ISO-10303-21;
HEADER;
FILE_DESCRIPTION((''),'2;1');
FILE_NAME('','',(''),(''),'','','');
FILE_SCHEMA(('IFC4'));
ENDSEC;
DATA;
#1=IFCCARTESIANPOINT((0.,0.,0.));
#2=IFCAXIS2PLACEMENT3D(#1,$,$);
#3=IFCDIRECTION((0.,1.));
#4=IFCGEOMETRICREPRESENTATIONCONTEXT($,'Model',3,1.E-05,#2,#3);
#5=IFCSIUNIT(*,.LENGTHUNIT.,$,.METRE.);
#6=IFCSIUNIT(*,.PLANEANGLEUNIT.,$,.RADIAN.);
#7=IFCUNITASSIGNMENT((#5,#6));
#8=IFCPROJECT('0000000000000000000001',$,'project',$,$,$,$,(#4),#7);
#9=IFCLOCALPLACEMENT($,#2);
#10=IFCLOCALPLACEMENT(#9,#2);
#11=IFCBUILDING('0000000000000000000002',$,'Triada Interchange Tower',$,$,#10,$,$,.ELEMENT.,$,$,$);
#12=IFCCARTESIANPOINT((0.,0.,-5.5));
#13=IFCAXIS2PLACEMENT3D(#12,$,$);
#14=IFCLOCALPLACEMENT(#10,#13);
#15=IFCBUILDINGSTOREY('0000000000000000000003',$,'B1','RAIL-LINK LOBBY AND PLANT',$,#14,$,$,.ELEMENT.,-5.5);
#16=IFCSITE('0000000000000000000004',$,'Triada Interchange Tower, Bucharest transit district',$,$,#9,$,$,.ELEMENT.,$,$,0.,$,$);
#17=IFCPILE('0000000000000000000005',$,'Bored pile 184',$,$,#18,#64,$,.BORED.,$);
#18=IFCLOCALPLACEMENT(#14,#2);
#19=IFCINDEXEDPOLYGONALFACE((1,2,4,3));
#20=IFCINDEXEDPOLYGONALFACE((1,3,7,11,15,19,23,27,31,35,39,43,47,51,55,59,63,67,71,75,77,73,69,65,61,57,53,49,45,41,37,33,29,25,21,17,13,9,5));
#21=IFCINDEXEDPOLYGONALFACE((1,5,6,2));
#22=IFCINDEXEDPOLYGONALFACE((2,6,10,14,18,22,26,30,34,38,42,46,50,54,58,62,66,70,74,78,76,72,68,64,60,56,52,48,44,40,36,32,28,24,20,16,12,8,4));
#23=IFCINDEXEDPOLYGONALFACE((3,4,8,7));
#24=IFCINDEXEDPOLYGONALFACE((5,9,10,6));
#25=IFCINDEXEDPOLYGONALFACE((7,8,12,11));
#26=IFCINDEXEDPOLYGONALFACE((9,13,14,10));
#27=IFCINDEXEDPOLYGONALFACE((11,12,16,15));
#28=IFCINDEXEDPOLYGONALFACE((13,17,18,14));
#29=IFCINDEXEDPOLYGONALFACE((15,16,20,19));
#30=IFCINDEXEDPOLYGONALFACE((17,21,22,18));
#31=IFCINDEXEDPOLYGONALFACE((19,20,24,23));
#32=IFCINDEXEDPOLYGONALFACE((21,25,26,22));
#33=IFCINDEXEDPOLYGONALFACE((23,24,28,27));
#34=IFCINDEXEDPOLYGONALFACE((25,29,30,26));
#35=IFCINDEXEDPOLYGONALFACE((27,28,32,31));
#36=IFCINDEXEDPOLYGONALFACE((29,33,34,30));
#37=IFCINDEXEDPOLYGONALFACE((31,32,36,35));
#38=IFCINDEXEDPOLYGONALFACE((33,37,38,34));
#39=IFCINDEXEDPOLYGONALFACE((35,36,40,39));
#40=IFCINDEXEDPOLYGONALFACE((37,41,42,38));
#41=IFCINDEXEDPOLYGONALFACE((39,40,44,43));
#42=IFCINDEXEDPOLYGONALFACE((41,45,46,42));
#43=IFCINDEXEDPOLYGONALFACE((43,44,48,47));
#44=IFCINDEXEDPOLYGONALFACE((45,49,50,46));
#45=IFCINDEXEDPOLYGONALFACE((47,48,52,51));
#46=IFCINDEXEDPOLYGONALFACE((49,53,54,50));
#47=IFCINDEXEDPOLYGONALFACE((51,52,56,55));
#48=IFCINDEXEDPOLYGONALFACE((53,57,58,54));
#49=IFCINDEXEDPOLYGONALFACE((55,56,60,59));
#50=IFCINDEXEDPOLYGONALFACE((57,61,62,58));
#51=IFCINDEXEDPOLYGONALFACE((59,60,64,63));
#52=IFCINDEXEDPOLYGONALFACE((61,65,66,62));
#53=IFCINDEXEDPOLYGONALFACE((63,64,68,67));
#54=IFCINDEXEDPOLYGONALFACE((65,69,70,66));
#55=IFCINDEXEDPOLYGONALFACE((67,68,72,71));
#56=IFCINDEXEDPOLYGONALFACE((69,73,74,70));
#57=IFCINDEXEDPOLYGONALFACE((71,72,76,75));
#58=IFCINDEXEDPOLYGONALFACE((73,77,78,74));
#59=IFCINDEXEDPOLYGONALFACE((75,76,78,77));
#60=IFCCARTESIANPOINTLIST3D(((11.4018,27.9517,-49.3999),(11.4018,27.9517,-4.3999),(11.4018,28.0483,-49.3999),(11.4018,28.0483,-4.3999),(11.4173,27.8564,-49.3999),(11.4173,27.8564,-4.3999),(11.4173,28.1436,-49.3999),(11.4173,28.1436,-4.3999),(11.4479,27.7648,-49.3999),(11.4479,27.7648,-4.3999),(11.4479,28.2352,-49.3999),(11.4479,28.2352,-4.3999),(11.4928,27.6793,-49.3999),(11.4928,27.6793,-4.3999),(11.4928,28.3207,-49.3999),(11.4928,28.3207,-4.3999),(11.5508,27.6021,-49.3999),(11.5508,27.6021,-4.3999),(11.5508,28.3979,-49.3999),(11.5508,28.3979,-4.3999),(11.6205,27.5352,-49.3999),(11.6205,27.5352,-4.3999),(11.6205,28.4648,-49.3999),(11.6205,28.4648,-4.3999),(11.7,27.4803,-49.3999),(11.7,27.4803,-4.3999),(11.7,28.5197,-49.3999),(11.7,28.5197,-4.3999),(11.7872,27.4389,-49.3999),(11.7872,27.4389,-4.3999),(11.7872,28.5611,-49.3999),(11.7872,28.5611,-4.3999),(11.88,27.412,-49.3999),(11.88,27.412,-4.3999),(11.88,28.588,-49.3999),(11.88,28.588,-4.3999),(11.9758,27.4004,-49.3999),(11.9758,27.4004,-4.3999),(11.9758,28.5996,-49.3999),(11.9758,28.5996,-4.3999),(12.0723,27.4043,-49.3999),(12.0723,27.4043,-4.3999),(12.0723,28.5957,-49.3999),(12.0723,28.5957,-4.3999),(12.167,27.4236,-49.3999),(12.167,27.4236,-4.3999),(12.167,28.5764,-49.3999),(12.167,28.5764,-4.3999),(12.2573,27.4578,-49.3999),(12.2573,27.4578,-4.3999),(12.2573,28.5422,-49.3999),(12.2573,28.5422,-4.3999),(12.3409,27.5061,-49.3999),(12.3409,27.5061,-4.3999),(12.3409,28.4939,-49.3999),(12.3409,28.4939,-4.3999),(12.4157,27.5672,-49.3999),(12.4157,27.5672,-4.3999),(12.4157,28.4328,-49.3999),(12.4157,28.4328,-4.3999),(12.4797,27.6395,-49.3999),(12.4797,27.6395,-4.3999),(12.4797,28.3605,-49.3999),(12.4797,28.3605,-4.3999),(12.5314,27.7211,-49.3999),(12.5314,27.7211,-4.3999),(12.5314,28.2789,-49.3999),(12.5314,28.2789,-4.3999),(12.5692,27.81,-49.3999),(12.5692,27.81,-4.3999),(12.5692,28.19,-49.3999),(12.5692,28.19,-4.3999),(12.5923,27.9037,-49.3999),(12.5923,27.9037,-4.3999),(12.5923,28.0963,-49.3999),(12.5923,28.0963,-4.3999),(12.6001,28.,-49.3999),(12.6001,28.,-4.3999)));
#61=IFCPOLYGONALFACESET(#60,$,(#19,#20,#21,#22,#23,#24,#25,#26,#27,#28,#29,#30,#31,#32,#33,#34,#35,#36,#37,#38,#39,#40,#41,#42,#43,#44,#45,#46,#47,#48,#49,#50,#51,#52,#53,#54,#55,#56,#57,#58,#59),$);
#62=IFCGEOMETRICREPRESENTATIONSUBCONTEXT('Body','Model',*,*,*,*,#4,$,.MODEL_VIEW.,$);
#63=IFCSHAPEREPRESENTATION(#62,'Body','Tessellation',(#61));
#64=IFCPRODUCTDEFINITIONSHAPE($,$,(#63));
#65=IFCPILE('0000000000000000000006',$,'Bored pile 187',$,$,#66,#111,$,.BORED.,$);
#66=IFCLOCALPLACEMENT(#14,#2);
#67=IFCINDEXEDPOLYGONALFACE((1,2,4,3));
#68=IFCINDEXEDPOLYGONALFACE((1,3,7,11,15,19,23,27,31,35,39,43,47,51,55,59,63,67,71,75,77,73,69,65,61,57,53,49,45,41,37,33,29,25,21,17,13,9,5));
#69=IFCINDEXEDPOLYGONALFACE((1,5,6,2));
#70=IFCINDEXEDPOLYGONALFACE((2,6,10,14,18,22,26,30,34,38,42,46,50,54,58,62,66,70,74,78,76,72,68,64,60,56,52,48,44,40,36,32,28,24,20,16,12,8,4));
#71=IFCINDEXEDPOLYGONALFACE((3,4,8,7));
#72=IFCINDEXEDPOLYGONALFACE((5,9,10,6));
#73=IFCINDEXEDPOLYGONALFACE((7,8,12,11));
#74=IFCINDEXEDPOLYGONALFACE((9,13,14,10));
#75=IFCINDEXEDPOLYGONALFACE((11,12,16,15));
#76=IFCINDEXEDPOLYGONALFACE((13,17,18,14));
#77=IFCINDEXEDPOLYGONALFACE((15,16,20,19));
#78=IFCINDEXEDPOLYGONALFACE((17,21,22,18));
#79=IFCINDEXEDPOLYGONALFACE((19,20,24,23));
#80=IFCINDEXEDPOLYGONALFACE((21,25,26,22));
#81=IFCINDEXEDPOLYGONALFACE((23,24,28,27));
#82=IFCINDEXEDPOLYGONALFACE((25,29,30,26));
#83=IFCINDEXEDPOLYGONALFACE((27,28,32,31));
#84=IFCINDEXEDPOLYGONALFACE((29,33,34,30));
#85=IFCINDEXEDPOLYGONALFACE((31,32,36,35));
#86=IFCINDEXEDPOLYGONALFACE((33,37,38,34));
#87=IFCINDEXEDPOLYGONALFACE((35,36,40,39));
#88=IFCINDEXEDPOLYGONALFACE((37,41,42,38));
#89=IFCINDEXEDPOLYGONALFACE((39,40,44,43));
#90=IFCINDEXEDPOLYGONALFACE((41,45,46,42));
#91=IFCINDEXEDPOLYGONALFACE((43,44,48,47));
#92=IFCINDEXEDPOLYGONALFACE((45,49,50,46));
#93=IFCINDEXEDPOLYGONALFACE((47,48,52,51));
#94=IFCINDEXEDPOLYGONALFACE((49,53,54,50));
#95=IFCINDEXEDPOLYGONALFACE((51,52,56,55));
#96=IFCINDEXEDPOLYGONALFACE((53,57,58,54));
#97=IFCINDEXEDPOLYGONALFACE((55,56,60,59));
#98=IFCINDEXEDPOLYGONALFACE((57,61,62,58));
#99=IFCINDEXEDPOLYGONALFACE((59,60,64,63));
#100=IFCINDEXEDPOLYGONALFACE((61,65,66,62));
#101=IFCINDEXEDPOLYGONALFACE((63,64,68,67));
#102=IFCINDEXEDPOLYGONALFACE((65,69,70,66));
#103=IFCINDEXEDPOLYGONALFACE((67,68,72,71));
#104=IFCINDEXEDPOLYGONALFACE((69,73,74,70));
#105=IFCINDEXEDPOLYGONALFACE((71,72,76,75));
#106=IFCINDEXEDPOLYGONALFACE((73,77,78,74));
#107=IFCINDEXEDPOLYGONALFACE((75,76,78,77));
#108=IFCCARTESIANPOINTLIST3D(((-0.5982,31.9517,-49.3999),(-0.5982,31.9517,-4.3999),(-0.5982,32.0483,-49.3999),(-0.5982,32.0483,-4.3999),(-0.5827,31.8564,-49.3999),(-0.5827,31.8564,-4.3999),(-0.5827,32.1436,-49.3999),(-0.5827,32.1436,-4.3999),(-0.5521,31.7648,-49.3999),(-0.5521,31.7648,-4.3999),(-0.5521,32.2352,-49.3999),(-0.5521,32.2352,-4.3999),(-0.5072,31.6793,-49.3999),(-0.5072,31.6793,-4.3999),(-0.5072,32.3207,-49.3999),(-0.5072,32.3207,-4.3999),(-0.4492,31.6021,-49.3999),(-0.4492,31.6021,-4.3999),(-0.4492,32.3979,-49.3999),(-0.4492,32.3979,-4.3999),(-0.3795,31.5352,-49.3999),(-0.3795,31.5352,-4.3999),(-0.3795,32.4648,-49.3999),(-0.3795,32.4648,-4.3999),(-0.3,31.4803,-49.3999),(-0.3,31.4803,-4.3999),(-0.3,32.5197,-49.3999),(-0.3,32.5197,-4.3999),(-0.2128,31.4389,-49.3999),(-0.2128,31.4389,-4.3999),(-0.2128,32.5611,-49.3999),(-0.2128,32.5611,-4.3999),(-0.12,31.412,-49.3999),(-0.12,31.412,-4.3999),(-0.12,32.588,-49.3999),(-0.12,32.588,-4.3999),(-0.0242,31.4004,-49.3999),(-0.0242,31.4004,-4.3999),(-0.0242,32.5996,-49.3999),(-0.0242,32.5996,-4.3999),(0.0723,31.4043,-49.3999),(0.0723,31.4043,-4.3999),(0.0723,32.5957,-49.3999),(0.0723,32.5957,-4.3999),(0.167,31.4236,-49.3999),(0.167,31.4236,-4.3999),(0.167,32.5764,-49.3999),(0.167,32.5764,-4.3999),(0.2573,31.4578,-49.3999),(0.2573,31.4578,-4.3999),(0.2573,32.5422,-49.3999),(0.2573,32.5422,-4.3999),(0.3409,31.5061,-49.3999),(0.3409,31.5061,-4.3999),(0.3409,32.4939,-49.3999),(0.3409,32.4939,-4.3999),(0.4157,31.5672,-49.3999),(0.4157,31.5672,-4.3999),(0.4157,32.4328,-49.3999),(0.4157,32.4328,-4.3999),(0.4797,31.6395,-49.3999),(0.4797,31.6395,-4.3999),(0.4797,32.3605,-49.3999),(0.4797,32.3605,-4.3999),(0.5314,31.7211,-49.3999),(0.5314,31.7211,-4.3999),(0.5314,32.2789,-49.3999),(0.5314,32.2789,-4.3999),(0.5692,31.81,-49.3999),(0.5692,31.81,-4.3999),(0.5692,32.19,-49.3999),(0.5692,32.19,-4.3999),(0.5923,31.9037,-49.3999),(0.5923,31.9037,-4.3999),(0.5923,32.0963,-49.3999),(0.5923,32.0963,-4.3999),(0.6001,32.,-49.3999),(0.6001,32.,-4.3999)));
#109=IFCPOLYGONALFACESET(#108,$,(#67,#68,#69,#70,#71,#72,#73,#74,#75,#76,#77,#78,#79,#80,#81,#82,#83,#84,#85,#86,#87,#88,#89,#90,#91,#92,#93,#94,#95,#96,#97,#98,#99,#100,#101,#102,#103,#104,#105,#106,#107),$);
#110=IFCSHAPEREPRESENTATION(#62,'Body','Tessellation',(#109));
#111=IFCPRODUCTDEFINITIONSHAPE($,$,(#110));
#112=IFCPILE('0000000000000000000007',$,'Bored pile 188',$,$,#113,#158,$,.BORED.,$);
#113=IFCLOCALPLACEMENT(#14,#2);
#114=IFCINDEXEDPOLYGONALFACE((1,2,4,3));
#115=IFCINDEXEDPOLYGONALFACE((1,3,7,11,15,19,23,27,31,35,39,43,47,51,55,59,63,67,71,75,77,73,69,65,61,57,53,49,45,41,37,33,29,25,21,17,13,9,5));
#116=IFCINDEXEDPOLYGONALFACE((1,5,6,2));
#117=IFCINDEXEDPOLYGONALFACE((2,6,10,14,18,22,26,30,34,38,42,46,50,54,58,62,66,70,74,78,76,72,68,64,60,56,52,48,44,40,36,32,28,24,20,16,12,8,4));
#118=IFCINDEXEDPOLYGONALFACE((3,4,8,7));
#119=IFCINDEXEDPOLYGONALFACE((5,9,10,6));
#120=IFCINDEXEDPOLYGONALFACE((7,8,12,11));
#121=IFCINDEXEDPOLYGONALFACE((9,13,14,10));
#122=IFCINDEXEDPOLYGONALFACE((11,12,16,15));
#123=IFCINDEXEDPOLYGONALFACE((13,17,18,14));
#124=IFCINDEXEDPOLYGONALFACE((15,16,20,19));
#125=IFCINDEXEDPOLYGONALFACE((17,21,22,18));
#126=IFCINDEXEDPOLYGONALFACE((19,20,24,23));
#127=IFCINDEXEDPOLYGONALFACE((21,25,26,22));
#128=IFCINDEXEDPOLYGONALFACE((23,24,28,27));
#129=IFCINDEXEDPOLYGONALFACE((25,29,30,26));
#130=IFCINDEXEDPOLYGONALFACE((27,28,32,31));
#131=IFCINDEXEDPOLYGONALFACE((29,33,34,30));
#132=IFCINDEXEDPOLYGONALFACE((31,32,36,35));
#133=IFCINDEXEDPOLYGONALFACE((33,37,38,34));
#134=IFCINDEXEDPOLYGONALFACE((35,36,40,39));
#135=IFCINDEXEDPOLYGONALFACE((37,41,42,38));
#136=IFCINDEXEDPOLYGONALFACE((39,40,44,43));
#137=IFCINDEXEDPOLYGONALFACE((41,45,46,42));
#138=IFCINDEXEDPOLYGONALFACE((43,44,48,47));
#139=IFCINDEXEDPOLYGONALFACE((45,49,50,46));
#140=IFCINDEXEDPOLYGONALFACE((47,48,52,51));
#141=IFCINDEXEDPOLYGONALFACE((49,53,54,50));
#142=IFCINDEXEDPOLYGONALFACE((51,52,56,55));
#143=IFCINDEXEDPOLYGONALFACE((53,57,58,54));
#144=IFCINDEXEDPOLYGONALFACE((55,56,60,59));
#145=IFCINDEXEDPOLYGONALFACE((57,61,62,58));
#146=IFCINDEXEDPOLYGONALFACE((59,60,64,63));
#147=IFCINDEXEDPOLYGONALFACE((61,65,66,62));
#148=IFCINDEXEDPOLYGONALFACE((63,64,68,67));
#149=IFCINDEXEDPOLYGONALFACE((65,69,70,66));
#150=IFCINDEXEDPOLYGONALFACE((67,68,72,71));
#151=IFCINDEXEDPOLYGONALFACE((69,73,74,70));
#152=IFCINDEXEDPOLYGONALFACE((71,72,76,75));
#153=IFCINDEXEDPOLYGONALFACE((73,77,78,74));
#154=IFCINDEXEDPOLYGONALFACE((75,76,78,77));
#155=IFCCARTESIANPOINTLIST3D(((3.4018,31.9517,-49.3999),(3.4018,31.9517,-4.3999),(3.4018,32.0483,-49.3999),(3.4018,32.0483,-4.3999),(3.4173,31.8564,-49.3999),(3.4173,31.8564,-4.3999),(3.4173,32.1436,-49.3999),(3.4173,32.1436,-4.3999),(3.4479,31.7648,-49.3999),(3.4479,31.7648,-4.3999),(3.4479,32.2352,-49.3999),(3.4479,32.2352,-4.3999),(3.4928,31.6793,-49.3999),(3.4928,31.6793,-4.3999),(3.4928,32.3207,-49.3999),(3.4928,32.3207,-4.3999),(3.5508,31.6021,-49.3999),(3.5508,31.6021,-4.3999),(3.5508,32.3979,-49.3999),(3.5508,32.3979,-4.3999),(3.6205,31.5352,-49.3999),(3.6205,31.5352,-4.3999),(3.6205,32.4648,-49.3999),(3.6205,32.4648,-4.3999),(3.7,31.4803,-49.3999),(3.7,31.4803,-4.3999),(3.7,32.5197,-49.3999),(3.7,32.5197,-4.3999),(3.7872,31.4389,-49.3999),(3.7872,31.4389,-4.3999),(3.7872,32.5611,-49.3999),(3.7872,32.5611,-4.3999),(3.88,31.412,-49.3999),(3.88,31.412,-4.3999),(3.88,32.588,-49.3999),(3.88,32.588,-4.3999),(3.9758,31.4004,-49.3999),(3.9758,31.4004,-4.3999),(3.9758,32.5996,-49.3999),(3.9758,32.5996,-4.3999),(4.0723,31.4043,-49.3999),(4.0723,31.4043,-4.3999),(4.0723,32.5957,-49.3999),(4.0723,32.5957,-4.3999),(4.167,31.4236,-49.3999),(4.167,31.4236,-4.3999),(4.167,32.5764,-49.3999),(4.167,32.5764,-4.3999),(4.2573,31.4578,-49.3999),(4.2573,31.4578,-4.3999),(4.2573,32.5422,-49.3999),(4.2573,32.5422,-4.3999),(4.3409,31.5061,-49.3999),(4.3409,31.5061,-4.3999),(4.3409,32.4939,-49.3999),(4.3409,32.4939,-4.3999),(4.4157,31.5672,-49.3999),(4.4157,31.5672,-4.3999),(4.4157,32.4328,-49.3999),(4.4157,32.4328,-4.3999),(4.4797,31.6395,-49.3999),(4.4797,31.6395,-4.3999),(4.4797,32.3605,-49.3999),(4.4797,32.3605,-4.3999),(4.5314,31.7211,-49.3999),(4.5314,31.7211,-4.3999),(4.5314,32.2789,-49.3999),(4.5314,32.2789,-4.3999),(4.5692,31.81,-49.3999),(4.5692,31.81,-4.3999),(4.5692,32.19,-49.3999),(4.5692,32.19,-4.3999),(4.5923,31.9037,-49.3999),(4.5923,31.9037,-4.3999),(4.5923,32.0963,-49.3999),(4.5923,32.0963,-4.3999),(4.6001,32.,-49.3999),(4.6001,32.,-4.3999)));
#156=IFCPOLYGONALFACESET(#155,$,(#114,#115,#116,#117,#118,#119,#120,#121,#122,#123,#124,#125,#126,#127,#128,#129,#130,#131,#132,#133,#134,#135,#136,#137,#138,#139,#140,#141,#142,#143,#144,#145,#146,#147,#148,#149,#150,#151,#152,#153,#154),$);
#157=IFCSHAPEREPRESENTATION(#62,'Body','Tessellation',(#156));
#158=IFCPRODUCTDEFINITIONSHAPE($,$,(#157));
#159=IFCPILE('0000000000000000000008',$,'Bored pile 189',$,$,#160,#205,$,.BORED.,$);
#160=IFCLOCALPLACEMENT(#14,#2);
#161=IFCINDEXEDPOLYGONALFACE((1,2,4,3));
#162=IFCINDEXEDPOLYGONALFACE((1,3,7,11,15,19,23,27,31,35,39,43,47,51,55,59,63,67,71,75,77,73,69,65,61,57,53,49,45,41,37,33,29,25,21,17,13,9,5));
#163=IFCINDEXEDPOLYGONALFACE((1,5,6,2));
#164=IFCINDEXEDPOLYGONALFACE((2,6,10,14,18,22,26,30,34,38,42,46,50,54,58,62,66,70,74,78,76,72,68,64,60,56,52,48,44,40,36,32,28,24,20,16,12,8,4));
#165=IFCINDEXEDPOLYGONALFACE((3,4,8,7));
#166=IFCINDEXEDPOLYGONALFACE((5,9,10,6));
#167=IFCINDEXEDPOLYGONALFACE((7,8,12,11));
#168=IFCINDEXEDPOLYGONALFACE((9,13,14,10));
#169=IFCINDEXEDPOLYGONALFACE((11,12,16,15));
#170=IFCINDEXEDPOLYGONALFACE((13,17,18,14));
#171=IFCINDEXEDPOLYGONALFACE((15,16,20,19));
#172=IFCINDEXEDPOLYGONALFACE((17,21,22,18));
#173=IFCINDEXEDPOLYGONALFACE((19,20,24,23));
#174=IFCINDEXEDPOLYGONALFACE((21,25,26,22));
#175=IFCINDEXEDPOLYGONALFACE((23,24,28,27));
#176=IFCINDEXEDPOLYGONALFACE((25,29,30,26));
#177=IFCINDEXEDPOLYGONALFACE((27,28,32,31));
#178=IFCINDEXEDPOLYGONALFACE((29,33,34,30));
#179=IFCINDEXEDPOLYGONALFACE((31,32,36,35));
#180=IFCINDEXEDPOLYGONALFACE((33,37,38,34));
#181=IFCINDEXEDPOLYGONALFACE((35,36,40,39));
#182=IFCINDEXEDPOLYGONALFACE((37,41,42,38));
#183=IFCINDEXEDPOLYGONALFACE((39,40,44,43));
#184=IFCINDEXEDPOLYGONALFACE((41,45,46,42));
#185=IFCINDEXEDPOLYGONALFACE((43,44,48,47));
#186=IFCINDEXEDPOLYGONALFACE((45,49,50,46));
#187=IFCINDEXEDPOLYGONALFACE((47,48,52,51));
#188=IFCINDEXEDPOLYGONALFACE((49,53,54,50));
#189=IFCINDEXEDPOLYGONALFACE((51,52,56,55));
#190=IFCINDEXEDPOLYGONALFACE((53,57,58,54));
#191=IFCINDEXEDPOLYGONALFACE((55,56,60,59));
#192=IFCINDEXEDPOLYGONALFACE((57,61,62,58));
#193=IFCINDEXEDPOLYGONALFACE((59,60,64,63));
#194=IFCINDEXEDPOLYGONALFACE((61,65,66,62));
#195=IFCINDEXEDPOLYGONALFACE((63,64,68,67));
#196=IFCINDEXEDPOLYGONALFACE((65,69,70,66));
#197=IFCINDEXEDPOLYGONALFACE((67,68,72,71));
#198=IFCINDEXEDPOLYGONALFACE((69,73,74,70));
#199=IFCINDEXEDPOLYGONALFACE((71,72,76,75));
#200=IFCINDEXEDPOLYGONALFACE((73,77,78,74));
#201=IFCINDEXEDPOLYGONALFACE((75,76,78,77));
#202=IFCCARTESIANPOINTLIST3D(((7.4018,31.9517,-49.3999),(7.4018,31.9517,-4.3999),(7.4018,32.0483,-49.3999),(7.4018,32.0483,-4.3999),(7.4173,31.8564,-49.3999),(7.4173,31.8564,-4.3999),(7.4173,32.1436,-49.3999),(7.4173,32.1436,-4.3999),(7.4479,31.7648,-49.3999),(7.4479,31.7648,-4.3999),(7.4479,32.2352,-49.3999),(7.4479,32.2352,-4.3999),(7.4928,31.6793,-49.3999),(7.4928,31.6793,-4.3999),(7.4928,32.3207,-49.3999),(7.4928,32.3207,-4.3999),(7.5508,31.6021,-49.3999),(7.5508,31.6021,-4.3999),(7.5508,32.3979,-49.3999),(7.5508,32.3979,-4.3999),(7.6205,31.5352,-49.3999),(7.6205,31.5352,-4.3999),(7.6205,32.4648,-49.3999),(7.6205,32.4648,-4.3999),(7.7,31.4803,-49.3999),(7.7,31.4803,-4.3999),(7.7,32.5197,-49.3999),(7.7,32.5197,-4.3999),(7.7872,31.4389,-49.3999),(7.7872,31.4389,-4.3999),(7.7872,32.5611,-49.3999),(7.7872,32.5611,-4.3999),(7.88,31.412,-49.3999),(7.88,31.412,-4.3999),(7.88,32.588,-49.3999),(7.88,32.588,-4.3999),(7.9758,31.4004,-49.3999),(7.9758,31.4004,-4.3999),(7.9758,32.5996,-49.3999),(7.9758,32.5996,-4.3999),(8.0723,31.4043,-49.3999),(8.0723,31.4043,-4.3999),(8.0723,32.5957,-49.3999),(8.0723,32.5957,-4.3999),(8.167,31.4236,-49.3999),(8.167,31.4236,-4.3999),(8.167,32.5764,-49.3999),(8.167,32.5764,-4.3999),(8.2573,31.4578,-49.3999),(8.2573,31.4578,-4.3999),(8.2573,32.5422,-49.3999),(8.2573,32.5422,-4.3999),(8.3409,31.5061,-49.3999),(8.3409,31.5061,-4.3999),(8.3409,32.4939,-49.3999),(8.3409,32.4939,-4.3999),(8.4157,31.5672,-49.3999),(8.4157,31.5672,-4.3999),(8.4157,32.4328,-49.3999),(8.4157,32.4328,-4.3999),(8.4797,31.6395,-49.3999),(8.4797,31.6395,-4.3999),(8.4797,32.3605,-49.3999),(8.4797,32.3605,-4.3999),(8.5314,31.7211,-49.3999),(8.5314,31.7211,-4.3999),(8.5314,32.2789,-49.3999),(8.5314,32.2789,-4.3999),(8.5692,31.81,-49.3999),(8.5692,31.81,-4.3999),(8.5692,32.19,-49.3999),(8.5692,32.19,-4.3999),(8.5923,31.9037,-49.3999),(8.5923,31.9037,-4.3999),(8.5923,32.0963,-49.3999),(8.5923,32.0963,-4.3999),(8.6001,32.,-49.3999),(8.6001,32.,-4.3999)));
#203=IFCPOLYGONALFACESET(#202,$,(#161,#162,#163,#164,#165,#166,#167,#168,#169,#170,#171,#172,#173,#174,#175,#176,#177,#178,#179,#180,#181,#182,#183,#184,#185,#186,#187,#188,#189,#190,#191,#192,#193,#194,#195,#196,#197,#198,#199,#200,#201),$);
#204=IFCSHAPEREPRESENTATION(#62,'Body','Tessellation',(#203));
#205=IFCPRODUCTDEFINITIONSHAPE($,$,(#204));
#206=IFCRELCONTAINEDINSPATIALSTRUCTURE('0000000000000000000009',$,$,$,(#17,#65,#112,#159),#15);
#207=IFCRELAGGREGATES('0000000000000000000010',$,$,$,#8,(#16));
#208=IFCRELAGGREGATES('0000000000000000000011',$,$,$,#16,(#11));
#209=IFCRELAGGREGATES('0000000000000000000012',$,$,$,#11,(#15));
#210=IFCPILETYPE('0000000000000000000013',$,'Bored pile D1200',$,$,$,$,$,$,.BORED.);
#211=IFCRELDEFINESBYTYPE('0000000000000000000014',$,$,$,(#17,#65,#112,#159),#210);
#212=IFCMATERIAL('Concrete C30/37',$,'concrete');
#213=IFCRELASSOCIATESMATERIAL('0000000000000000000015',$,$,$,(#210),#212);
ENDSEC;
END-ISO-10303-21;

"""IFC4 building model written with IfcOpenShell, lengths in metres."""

from ifc_helpers import new_model, si_unit, direction, frame, origin, origin_2d, place, context, subcontext, project, spatial, circle, extrude, material, material_profile, profile_set, type_object, element, save


model = new_model("IFC4")

# Units and contexts
model_context = context("Model", 3, precision=1e-05, world=origin(), true_north=direction((0.0, 1.0)))
body_context = subcontext(model_context, "Body", "Model", "MODEL_VIEW")
ifc_project = project(units=[si_unit("LENGTHUNIT", "METRE"), si_unit("PLANEANGLEUNIT", "RADIAN")], contexts=[model_context])

# Site, building, storey
site_placement = place(None, origin())
site = spatial("IfcSite", under=ifc_project, at=site_placement, Name="Triada Interchange Tower, Bucharest transit district", CompositionType="ELEMENT", RefElevation=0.0)
building_placement = place(site_placement, origin())
building = spatial("IfcBuilding", under=site, at=building_placement, Name="Triada Interchange Tower", CompositionType="ELEMENT")
storey_placement = place(building_placement, frame((0.0, 0.0, -5.5)))
storey = spatial("IfcBuildingStorey", under=building, at=storey_placement, Name="B1", Description="RAIL-LINK LOBBY AND PLANT", CompositionType="ELEMENT", Elevation=-5.5)

# Piles
ifc_material_1 = material(Name="Concrete C30/37", Category="concrete")
ifc_material_profile_1 = material_profile(ifc_material_1, circle(Radius=0.6001, at=origin_2d()), Name="RC D1200")
ifc_profile_set_1 = profile_set([ifc_material_profile_1], Name="Concrete C30/37")
pile_type = type_object("IfcPileType", Name="Bored pile D1200", PredefinedType="BORED", material=ifc_profile_set_1)
for number, where, z_axis, x_axis, name in (
    (1, (12.0, 28.0, -4.3999), (0.0, 0.0, -1.0), (1.0, 0.0, 0.0), "Bored pile 184"),
    (2, (0.0, 32.0, -4.3999), (0.0, 0.0, -1.0), (1.0, 0.0, 0.0), "Bored pile 187"),
    (3, (4.0, 32.0, -4.3999), (0.0, 0.0, -1.0), (1.0, 0.0, 0.0), "Bored pile 188"),
    (4, (8.0, 32.0, -4.3999), (0.0, 0.0, -1.0), (1.0, 0.0, 0.0), "Bored pile 189"),
):
    element("IfcPile", number, at=place(storey_placement, frame(where, z_axis=z_axis, x_axis=x_axis)), inside=storey, type_object=pile_type, Name=name, PredefinedType="BORED", context=body_context, shape_type="SweptSolid", body=[
        extrude(circle(Radius=0.6001, at=origin_2d()), origin(), (0.0, 0.0, 1.0), 45.0),
    ])

save(model, "model.ifc")
